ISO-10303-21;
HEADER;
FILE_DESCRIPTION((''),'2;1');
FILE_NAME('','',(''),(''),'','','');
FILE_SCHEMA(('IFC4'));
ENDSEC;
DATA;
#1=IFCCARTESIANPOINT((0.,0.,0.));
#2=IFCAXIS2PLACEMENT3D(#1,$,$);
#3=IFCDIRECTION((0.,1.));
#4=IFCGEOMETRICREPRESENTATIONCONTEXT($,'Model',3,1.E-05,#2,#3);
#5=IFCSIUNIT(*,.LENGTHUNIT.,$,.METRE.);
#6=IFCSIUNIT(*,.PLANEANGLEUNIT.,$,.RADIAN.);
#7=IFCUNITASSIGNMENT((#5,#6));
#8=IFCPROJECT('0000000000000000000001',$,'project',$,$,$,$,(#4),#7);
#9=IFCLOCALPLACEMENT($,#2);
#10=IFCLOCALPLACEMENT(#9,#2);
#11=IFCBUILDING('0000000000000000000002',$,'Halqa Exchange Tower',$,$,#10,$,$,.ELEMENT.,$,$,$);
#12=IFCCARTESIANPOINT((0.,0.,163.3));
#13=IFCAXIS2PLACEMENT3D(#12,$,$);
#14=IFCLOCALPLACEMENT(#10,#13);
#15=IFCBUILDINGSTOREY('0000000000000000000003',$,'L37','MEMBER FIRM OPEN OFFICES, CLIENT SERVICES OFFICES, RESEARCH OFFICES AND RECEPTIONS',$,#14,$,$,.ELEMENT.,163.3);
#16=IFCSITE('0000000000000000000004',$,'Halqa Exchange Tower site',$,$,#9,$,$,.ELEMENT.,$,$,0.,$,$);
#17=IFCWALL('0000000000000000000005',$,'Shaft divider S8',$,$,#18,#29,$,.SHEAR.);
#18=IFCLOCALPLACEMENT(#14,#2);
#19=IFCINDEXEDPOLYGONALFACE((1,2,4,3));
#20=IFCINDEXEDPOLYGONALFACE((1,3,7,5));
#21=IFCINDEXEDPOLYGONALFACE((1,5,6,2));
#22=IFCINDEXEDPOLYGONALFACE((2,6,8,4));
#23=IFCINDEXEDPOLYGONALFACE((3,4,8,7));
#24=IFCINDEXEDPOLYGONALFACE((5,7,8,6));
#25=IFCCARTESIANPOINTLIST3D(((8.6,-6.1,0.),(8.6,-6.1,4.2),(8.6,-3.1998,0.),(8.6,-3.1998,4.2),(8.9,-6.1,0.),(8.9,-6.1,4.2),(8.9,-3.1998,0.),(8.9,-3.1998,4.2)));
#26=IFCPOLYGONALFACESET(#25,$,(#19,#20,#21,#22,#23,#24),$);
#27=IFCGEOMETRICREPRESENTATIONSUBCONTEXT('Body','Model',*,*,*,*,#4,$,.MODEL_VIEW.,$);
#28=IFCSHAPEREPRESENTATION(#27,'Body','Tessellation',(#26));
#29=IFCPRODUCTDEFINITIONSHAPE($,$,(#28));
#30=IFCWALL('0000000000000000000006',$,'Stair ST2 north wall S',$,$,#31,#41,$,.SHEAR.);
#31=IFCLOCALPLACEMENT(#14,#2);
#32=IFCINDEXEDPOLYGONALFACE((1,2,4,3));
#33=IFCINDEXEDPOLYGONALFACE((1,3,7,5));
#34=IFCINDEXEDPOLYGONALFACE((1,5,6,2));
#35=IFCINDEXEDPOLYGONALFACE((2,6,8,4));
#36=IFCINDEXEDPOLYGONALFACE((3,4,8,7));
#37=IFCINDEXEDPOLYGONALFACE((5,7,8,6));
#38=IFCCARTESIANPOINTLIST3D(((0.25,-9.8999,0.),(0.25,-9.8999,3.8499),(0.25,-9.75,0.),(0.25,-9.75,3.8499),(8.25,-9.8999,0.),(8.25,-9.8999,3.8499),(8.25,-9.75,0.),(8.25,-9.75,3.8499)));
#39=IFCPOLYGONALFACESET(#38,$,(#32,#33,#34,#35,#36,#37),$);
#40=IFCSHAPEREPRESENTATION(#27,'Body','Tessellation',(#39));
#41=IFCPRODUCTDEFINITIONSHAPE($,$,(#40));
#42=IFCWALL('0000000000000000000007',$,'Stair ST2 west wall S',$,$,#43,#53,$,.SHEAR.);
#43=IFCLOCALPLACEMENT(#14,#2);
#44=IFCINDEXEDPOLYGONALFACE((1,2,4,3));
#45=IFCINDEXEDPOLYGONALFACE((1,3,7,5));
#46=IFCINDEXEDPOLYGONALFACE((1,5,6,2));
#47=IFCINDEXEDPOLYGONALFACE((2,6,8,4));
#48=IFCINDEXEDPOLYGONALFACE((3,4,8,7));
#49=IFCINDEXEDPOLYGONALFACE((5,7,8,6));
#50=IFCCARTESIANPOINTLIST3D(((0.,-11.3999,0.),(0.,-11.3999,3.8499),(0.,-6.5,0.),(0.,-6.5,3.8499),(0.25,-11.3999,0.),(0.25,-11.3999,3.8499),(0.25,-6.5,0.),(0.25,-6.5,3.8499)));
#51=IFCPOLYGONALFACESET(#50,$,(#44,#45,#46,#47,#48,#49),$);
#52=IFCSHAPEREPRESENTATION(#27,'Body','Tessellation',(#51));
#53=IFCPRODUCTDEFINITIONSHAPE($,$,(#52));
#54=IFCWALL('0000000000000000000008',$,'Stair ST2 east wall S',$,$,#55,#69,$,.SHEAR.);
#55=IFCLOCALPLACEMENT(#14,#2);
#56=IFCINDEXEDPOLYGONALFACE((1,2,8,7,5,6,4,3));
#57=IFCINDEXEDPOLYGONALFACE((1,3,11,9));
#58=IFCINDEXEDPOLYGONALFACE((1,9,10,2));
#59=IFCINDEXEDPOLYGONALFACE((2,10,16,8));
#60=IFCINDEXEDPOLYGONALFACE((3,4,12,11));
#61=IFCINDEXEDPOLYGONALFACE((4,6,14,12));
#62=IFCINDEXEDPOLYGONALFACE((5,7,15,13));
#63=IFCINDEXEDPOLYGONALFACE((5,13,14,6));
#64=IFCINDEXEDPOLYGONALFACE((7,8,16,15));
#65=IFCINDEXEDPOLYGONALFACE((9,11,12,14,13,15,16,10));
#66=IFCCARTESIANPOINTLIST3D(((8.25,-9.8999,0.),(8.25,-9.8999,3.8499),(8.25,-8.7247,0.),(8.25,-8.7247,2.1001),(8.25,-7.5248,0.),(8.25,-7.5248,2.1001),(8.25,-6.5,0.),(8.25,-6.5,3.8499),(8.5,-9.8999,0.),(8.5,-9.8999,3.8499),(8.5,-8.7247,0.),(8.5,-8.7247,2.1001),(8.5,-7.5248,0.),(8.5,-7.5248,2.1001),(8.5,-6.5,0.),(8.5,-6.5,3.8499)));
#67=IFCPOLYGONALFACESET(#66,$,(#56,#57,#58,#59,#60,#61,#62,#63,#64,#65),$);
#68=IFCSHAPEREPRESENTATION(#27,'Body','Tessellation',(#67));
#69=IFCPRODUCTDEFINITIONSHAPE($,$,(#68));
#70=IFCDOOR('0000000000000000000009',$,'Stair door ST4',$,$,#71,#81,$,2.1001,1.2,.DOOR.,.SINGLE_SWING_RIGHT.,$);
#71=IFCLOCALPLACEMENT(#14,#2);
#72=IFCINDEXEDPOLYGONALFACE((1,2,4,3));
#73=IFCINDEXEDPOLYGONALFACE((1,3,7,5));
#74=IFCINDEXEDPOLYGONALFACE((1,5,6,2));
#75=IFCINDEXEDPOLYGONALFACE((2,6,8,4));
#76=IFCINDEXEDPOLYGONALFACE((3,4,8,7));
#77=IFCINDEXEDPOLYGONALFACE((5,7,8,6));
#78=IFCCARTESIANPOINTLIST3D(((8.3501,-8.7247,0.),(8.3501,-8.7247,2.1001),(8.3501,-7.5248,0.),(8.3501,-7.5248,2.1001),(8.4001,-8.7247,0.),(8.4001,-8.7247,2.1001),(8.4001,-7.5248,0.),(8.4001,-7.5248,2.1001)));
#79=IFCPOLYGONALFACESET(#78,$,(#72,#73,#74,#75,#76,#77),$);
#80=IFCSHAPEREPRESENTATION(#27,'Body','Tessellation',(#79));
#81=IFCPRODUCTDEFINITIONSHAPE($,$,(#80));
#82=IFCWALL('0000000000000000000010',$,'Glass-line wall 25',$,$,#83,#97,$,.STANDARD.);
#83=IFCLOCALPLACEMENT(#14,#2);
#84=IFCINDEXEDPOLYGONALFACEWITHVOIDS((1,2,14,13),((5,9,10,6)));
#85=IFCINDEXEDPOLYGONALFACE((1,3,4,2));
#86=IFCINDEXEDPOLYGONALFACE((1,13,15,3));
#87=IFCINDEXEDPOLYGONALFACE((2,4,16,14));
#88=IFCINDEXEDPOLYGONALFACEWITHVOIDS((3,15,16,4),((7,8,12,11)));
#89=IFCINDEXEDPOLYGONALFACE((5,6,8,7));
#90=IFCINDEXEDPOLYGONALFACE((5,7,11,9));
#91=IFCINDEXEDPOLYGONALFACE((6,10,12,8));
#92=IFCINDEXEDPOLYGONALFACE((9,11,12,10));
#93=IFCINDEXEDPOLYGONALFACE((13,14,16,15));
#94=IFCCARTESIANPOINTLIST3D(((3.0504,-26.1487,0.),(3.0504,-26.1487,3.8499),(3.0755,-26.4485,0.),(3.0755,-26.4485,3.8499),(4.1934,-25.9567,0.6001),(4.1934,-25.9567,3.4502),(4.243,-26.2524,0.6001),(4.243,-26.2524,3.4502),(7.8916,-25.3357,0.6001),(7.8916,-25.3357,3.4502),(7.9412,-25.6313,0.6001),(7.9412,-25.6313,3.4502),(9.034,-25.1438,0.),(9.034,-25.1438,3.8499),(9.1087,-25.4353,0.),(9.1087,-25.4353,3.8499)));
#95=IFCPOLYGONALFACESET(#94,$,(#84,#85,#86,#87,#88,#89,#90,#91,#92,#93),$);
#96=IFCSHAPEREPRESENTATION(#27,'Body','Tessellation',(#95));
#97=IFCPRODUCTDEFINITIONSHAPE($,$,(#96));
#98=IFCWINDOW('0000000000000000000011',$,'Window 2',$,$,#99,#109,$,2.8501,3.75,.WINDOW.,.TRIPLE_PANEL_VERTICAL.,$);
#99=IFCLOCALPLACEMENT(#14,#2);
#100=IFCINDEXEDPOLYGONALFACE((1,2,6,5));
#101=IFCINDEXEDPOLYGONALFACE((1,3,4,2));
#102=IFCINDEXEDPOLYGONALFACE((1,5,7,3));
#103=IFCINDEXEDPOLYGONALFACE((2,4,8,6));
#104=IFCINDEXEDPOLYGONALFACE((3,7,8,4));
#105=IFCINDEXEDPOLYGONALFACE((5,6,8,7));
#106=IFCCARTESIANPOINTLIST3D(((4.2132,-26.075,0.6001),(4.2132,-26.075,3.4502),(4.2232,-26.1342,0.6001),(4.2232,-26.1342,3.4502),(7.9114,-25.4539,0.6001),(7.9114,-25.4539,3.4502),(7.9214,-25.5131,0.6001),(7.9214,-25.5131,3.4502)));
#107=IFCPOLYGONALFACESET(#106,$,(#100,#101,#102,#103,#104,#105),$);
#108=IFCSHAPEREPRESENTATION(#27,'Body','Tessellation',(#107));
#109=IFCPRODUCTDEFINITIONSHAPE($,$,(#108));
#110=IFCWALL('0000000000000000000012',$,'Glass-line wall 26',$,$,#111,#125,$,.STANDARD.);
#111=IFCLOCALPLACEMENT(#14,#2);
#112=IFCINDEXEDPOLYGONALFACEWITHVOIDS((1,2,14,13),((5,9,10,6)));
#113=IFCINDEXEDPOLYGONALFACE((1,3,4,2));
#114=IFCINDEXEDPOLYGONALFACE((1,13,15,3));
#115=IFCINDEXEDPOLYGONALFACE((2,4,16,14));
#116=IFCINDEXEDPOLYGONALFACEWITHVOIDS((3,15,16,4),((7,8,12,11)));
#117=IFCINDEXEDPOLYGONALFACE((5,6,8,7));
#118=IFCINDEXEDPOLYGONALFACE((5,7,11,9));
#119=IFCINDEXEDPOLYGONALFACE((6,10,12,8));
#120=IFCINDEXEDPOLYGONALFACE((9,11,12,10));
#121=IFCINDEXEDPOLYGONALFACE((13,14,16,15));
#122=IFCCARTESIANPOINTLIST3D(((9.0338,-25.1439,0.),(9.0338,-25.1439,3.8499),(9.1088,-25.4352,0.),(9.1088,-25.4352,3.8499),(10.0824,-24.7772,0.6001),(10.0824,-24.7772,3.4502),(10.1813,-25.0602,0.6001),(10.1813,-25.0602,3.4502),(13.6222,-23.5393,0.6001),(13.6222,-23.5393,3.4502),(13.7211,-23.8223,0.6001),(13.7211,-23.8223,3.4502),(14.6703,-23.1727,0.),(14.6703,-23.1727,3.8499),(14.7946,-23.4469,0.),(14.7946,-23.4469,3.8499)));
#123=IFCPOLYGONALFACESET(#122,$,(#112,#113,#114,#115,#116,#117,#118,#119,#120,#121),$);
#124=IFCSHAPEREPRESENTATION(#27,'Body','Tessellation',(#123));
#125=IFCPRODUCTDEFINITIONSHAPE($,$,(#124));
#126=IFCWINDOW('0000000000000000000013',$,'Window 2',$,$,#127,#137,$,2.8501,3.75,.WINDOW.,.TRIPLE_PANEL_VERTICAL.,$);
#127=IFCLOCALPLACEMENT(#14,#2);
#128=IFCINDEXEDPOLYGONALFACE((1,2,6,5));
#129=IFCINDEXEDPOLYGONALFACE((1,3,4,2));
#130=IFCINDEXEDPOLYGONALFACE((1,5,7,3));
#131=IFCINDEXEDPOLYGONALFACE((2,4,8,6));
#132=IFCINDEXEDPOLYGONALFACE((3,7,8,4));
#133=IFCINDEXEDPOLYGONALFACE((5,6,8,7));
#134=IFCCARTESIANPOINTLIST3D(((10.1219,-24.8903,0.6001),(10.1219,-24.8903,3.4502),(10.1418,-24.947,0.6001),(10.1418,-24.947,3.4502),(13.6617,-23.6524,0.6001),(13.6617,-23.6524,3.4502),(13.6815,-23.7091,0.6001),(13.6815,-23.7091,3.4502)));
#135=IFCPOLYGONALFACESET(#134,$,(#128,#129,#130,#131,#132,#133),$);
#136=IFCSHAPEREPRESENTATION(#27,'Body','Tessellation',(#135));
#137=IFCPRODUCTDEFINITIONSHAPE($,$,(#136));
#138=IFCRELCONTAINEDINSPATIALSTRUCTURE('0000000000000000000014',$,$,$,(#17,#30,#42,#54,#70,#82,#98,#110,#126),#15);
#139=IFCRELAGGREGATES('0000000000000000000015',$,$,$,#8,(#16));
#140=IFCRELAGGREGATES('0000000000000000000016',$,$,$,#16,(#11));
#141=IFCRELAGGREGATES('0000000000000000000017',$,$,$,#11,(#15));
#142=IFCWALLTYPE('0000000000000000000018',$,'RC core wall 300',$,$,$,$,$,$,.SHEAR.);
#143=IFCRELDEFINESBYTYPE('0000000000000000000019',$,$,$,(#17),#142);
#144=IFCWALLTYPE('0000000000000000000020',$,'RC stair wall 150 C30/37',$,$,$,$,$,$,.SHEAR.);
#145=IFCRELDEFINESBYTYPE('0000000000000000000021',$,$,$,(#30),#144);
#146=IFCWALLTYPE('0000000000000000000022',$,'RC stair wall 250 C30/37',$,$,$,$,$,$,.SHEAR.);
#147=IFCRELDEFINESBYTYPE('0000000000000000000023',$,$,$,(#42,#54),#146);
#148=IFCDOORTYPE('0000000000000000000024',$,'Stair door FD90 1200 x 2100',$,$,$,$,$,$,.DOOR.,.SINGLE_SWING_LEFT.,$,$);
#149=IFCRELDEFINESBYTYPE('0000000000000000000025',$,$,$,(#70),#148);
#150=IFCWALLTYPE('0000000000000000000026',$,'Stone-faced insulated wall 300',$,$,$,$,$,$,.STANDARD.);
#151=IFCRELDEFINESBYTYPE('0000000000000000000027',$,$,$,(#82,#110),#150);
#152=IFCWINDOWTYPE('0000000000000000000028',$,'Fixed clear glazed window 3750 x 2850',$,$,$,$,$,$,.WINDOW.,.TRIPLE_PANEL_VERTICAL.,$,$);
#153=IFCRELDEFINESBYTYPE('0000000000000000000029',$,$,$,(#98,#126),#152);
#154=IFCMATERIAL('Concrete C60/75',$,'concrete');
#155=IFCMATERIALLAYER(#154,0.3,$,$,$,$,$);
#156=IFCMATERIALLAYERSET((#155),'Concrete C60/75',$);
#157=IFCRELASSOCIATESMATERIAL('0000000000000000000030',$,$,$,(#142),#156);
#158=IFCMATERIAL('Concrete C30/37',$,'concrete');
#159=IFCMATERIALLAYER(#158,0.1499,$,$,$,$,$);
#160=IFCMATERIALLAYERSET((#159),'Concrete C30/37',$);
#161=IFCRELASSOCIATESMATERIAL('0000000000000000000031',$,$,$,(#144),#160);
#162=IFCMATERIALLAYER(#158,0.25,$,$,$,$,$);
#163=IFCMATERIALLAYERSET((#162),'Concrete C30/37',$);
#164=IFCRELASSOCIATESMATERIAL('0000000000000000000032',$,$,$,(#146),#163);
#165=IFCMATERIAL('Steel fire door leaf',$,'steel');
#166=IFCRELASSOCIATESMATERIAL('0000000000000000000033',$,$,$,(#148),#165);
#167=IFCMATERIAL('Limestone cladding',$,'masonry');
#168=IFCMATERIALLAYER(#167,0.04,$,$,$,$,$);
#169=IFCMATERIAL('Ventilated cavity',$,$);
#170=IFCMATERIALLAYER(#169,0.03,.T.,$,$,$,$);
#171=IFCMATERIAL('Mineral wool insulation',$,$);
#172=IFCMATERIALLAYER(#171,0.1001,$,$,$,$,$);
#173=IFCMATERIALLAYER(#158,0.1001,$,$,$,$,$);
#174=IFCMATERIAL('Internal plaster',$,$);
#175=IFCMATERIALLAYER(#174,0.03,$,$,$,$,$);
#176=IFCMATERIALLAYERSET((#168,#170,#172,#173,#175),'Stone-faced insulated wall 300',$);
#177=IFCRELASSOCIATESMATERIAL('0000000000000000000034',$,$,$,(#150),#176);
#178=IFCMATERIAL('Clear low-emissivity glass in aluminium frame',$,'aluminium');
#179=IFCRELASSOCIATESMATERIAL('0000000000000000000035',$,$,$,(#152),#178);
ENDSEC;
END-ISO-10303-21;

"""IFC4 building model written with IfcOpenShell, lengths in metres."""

from ifc_helpers import new_model, si_unit, direction, frame, frame_2d, origin, place, context, subcontext, project, spatial, polyline, rectangle, outline, extrude, material, layer, layer_set, type_object, element, fill, save


model = new_model("IFC4")

# Units and contexts
model_context = context("Model", 3, precision=1e-05, world=origin(), true_north=direction((0.0, 1.0)))
body_context = subcontext(model_context, "Body", "Model", "MODEL_VIEW")
ifc_project = project(units=[si_unit("LENGTHUNIT", "METRE"), si_unit("PLANEANGLEUNIT", "RADIAN")], contexts=[model_context])

# Site, building, storey
site_placement = place(None, origin())
site = spatial("IfcSite", under=ifc_project, at=site_placement, Name="Halqa Exchange Tower site", CompositionType="ELEMENT", RefElevation=0.0)
building_placement = place(site_placement, origin())
building = spatial("IfcBuilding", under=site, at=building_placement, Name="Halqa Exchange Tower", CompositionType="ELEMENT")
storey_placement = place(building_placement, frame((0.0, 0.0, 163.3)))
storey = spatial("IfcBuildingStorey", under=building, at=storey_placement, Name="L37", Description="MEMBER FIRM OPEN OFFICES, CLIENT SERVICES OFFICES, RESEARCH OFFICES AND RECEPTIONS", CompositionType="ELEMENT", Elevation=163.3)

# Shared definitions
ifc_material_1 = material(Name="Concrete C60/75", Category="concrete")

# Walls
ifc_layer_1 = layer(ifc_material_1, 0.3)
ifc_layer_set_1 = layer_set([ifc_layer_1], Name="Concrete C60/75")
wall_type_1 = type_object("IfcWallType", Name="RC core wall 300", PredefinedType="SHEAR", material=ifc_layer_set_1)
for number, where, z_axis, x_axis, name in (
    (1, (8.75, -6.1001, 0.0), (0.0, 0.0, 1.0), (0.0, 1.0, 0.0), "Shaft divider S8"),
):
    element("IfcWall", number, at=place(storey_placement, frame(where, z_axis=z_axis, x_axis=x_axis)), inside=storey, type_object=wall_type_1, Name=name, PredefinedType="SHEAR", context=body_context, shape_type="SweptSolid", body=[
        extrude(rectangle(XDim=2.9001, YDim=0.3, at=frame_2d((1.4502, 0.0))), origin(), (0.0, 0.0, 1.0), 4.2),
    ])
ifc_material_2 = material(Name="Concrete C30/37", Category="concrete")
ifc_layer_2 = layer(ifc_material_2, 0.1499)
ifc_layer_set_2 = layer_set([ifc_layer_2], Name="Concrete C30/37")
wall_type_2 = type_object("IfcWallType", Name="RC stair wall 150 C30/37", PredefinedType="SHEAR", material=ifc_layer_set_2)
wall_1_placement = place(storey_placement, frame((0.25, -9.825, 0.0), z_axis=(0.0, 0.0, 1.0), x_axis=(1.0, 0.0, 0.0)))
element("IfcWall", 2, at=wall_1_placement, inside=storey, type_object=wall_type_2, Name="Stair ST2 north wall S", PredefinedType="SHEAR", context=body_context, shape_type="SweptSolid", body=[
    extrude(rectangle(XDim=8.0, YDim=0.1499, at=frame_2d((4.0, 0.0))), origin(), (0.0, 0.0, 1.0), 3.8499),
])
ifc_layer_3 = layer(ifc_material_2, 0.25)
ifc_layer_set_3 = layer_set([ifc_layer_3], Name="Concrete C30/37")
wall_type_3 = type_object("IfcWallType", Name="RC stair wall 250 C30/37", PredefinedType="SHEAR", material=ifc_layer_set_3)
wall_2_placement = place(storey_placement, frame((0.125, -11.3999, 0.0), z_axis=(0.0, 0.0, 1.0), x_axis=(0.0, 1.0, 0.0)))
element("IfcWall", 3, at=wall_2_placement, inside=storey, type_object=wall_type_3, Name="Stair ST2 west wall S", PredefinedType="SHEAR", context=body_context, shape_type="SweptSolid", body=[
    extrude(rectangle(XDim=4.8999, YDim=0.25, at=frame_2d((2.45, 0.0))), origin(), (0.0, 0.0, 1.0), 3.8499),
])

# Wall, opening, door
wall_3_placement = place(storey_placement, frame((8.375, -9.8999, 0.0), z_axis=(0.0, 0.0, 1.0), x_axis=(0.0, 1.0, 0.0)))
wall_3 = element("IfcWall", 4, at=wall_3_placement, inside=storey, type_object=wall_type_3, Name="Stair ST2 east wall S", PredefinedType="SHEAR", context=body_context, shape_type="SweptSolid", body=[
    extrude(rectangle(XDim=3.3999, YDim=0.25, at=frame_2d((1.7, 0.0))), origin(), (0.0, 0.0, 1.0), 3.8499),
])
opening_1_placement = place(wall_3_placement, frame((1.175, 0.0, 0.0)))
opening_1 = element("IfcOpeningElement", 5, at=opening_1_placement, cuts=wall_3, PredefinedType="OPENING", context=body_context, shape_type="SweptSolid", body=[
    extrude(rectangle(XDim=1.2, YDim=2.1001, at=frame_2d((0.6001, 1.05))), frame((0.0, 0.137, 0.0), z_axis=(0.0, -1.0, 0.0), x_axis=(1.0, 0.0, 0.0)), (0.0, 0.0, 1.0), 0.2739),
])
ifc_material_3 = material(Name="Steel fire door leaf", Category="steel")
door_type = type_object("IfcDoorType", Name="Stair door FD90 1200 x 2100", OperationType="SINGLE_SWING_LEFT", PredefinedType="DOOR", material=ifc_material_3)
door_placement = place(opening_1_placement, origin())
door = element("IfcDoor", 6, at=door_placement, inside=storey, type_object=door_type, Name="Stair door ST4", OperationType="SINGLE_SWING_RIGHT", OverallHeight=2.1001, OverallWidth=1.2, PredefinedType="DOOR", context=body_context, shape_type="SweptSolid", body=[
    extrude(rectangle(XDim=1.2, YDim=2.1001, at=frame_2d((0.6001, 1.05))), frame((0.0, 0.0249, 0.0), z_axis=(0.0, -1.0, 0.0), x_axis=(1.0, 0.0, 0.0)), (0.0, 0.0, 1.0), 0.05),
])
fill(opening_1, door)

# Walls, openings, windows
ifc_material_4 = material(Name="Limestone cladding", Category="masonry")
ifc_layer_4 = layer(ifc_material_4, 0.04)
ifc_material_5 = material(Name="Ventilated cavity")
ifc_layer_5 = layer(ifc_material_5, 0.03, ventilated=True)
ifc_material_6 = material(Name="Mineral wool insulation")
ifc_layer_6 = layer(ifc_material_6, 0.1001)
ifc_layer_7 = layer(ifc_material_2, 0.1001)
ifc_material_7 = material(Name="Internal plaster")
ifc_layer_8 = layer(ifc_material_7, 0.03)
ifc_layer_set_4 = layer_set([ifc_layer_4, ifc_layer_5, ifc_layer_6, ifc_layer_7, ifc_layer_8], Name="Stone-faced insulated wall 300")
wall_type_4 = type_object("IfcWallType", Name="Stone-faced insulated wall 300", PredefinedType="STANDARD", material=ifc_layer_set_4)
wall_4_placement = place(storey_placement, frame((3.063, -26.2986, 0.0), z_axis=(0.0, 0.0, 1.0), x_axis=(0.98619, 0.165621, 0.0)))
wall_4 = element("IfcWall", 7, at=wall_4_placement, inside=storey, type_object=wall_type_4, Name="Glass-line wall 25", PredefinedType="STANDARD", context=body_context, shape_type="SweptSolid", body=[
    extrude(outline(polyline([(-0.0125, -0.1499), (6.1052, -0.1499), (6.0798, 0.1499), (0.0125, 0.1499), (-0.0125, -0.1499)])), origin(), (0.0, 0.0, 1.0), 3.8499),
])
opening_2_placement = place(wall_4_placement, frame((1.1714, 0.0, 0.6001)))
opening_2 = element("IfcOpeningElement", 8, at=opening_2_placement, cuts=wall_4, PredefinedType="OPENING", context=body_context, shape_type="SweptSolid", body=[
    extrude(rectangle(XDim=3.75, YDim=2.8501, at=frame_2d((1.875, 1.425))), frame((0.0, 0.1621, 0.0), z_axis=(0.0, -1.0, 0.0), x_axis=(1.0, 0.0, 0.0)), (0.0, 0.0, 1.0), 0.324),
])
ifc_material_8 = material(Name="Clear low-emissivity glass in aluminium frame", Category="aluminium")
window_type = type_object("IfcWindowType", Name="Fixed clear glazed window 3750 x 2850", PartitioningType="TRIPLE_PANEL_VERTICAL", PredefinedType="WINDOW", material=ifc_material_8)
window_1_placement = place(opening_2_placement, origin())
window_1 = element("IfcWindow", 9, at=window_1_placement, inside=storey, type_object=window_type, Name="Window 2", OverallHeight=2.8501, OverallWidth=3.75, PartitioningType="TRIPLE_PANEL_VERTICAL", PredefinedType="WINDOW", context=body_context, shape_type="SweptSolid", body=[
    extrude(rectangle(XDim=3.75, YDim=2.8501, at=frame_2d((1.875, 1.425))), frame((0.0, 0.03, 0.0), z_axis=(0.0, -1.0, 0.0), x_axis=(1.0, 0.0, 0.0)), (0.0, 0.0, 1.0), 0.0601),
])
fill(opening_2, window_1)
wall_5_placement = place(storey_placement, frame((9.0713, -25.2896, 0.0), z_axis=(0.0, 0.0, 1.0), x_axis=(0.943945, 0.330104, 0.0)))
wall_5 = element("IfcWall", 10, at=wall_5_placement, inside=storey, type_object=wall_type_4, Name="Glass-line wall 26", PredefinedType="STANDARD", context=body_context, shape_type="SweptSolid", body=[
    extrude(outline(polyline([(-0.0127, -0.1499), (6.0107, -0.1499), (5.9839, 0.1499), (0.0127, 0.1499), (-0.0127, -0.1499)])), origin(), (0.0, 0.0, 1.0), 3.8499),
])
opening_3_placement = place(wall_5_placement, frame((1.1235, 0.0, 0.6001)))
opening_3 = element("IfcOpeningElement", 11, at=opening_3_placement, cuts=wall_5, PredefinedType="OPENING", context=body_context, shape_type="SweptSolid", body=[
    extrude(rectangle(XDim=3.75, YDim=2.8501, at=frame_2d((1.875, 1.425))), frame((0.0, 0.1621, 0.0), z_axis=(0.0, -1.0, 0.0), x_axis=(1.0, 0.0, 0.0)), (0.0, 0.0, 1.0), 0.324),
])
window_2_placement = place(opening_3_placement, origin())
window_2 = element("IfcWindow", 12, at=window_2_placement, inside=storey, type_object=window_type, Name="Window 2", OverallHeight=2.8501, OverallWidth=3.75, PartitioningType="TRIPLE_PANEL_VERTICAL", PredefinedType="WINDOW", context=body_context, shape_type="SweptSolid", body=[
    extrude(rectangle(XDim=3.75, YDim=2.8501, at=frame_2d((1.875, 1.425))), frame((0.0, 0.03, 0.0), z_axis=(0.0, -1.0, 0.0), x_axis=(1.0, 0.0, 0.0)), (0.0, 0.0, 1.0), 0.0601),
])
fill(opening_3, window_2)

save(model, "model.ifc")
